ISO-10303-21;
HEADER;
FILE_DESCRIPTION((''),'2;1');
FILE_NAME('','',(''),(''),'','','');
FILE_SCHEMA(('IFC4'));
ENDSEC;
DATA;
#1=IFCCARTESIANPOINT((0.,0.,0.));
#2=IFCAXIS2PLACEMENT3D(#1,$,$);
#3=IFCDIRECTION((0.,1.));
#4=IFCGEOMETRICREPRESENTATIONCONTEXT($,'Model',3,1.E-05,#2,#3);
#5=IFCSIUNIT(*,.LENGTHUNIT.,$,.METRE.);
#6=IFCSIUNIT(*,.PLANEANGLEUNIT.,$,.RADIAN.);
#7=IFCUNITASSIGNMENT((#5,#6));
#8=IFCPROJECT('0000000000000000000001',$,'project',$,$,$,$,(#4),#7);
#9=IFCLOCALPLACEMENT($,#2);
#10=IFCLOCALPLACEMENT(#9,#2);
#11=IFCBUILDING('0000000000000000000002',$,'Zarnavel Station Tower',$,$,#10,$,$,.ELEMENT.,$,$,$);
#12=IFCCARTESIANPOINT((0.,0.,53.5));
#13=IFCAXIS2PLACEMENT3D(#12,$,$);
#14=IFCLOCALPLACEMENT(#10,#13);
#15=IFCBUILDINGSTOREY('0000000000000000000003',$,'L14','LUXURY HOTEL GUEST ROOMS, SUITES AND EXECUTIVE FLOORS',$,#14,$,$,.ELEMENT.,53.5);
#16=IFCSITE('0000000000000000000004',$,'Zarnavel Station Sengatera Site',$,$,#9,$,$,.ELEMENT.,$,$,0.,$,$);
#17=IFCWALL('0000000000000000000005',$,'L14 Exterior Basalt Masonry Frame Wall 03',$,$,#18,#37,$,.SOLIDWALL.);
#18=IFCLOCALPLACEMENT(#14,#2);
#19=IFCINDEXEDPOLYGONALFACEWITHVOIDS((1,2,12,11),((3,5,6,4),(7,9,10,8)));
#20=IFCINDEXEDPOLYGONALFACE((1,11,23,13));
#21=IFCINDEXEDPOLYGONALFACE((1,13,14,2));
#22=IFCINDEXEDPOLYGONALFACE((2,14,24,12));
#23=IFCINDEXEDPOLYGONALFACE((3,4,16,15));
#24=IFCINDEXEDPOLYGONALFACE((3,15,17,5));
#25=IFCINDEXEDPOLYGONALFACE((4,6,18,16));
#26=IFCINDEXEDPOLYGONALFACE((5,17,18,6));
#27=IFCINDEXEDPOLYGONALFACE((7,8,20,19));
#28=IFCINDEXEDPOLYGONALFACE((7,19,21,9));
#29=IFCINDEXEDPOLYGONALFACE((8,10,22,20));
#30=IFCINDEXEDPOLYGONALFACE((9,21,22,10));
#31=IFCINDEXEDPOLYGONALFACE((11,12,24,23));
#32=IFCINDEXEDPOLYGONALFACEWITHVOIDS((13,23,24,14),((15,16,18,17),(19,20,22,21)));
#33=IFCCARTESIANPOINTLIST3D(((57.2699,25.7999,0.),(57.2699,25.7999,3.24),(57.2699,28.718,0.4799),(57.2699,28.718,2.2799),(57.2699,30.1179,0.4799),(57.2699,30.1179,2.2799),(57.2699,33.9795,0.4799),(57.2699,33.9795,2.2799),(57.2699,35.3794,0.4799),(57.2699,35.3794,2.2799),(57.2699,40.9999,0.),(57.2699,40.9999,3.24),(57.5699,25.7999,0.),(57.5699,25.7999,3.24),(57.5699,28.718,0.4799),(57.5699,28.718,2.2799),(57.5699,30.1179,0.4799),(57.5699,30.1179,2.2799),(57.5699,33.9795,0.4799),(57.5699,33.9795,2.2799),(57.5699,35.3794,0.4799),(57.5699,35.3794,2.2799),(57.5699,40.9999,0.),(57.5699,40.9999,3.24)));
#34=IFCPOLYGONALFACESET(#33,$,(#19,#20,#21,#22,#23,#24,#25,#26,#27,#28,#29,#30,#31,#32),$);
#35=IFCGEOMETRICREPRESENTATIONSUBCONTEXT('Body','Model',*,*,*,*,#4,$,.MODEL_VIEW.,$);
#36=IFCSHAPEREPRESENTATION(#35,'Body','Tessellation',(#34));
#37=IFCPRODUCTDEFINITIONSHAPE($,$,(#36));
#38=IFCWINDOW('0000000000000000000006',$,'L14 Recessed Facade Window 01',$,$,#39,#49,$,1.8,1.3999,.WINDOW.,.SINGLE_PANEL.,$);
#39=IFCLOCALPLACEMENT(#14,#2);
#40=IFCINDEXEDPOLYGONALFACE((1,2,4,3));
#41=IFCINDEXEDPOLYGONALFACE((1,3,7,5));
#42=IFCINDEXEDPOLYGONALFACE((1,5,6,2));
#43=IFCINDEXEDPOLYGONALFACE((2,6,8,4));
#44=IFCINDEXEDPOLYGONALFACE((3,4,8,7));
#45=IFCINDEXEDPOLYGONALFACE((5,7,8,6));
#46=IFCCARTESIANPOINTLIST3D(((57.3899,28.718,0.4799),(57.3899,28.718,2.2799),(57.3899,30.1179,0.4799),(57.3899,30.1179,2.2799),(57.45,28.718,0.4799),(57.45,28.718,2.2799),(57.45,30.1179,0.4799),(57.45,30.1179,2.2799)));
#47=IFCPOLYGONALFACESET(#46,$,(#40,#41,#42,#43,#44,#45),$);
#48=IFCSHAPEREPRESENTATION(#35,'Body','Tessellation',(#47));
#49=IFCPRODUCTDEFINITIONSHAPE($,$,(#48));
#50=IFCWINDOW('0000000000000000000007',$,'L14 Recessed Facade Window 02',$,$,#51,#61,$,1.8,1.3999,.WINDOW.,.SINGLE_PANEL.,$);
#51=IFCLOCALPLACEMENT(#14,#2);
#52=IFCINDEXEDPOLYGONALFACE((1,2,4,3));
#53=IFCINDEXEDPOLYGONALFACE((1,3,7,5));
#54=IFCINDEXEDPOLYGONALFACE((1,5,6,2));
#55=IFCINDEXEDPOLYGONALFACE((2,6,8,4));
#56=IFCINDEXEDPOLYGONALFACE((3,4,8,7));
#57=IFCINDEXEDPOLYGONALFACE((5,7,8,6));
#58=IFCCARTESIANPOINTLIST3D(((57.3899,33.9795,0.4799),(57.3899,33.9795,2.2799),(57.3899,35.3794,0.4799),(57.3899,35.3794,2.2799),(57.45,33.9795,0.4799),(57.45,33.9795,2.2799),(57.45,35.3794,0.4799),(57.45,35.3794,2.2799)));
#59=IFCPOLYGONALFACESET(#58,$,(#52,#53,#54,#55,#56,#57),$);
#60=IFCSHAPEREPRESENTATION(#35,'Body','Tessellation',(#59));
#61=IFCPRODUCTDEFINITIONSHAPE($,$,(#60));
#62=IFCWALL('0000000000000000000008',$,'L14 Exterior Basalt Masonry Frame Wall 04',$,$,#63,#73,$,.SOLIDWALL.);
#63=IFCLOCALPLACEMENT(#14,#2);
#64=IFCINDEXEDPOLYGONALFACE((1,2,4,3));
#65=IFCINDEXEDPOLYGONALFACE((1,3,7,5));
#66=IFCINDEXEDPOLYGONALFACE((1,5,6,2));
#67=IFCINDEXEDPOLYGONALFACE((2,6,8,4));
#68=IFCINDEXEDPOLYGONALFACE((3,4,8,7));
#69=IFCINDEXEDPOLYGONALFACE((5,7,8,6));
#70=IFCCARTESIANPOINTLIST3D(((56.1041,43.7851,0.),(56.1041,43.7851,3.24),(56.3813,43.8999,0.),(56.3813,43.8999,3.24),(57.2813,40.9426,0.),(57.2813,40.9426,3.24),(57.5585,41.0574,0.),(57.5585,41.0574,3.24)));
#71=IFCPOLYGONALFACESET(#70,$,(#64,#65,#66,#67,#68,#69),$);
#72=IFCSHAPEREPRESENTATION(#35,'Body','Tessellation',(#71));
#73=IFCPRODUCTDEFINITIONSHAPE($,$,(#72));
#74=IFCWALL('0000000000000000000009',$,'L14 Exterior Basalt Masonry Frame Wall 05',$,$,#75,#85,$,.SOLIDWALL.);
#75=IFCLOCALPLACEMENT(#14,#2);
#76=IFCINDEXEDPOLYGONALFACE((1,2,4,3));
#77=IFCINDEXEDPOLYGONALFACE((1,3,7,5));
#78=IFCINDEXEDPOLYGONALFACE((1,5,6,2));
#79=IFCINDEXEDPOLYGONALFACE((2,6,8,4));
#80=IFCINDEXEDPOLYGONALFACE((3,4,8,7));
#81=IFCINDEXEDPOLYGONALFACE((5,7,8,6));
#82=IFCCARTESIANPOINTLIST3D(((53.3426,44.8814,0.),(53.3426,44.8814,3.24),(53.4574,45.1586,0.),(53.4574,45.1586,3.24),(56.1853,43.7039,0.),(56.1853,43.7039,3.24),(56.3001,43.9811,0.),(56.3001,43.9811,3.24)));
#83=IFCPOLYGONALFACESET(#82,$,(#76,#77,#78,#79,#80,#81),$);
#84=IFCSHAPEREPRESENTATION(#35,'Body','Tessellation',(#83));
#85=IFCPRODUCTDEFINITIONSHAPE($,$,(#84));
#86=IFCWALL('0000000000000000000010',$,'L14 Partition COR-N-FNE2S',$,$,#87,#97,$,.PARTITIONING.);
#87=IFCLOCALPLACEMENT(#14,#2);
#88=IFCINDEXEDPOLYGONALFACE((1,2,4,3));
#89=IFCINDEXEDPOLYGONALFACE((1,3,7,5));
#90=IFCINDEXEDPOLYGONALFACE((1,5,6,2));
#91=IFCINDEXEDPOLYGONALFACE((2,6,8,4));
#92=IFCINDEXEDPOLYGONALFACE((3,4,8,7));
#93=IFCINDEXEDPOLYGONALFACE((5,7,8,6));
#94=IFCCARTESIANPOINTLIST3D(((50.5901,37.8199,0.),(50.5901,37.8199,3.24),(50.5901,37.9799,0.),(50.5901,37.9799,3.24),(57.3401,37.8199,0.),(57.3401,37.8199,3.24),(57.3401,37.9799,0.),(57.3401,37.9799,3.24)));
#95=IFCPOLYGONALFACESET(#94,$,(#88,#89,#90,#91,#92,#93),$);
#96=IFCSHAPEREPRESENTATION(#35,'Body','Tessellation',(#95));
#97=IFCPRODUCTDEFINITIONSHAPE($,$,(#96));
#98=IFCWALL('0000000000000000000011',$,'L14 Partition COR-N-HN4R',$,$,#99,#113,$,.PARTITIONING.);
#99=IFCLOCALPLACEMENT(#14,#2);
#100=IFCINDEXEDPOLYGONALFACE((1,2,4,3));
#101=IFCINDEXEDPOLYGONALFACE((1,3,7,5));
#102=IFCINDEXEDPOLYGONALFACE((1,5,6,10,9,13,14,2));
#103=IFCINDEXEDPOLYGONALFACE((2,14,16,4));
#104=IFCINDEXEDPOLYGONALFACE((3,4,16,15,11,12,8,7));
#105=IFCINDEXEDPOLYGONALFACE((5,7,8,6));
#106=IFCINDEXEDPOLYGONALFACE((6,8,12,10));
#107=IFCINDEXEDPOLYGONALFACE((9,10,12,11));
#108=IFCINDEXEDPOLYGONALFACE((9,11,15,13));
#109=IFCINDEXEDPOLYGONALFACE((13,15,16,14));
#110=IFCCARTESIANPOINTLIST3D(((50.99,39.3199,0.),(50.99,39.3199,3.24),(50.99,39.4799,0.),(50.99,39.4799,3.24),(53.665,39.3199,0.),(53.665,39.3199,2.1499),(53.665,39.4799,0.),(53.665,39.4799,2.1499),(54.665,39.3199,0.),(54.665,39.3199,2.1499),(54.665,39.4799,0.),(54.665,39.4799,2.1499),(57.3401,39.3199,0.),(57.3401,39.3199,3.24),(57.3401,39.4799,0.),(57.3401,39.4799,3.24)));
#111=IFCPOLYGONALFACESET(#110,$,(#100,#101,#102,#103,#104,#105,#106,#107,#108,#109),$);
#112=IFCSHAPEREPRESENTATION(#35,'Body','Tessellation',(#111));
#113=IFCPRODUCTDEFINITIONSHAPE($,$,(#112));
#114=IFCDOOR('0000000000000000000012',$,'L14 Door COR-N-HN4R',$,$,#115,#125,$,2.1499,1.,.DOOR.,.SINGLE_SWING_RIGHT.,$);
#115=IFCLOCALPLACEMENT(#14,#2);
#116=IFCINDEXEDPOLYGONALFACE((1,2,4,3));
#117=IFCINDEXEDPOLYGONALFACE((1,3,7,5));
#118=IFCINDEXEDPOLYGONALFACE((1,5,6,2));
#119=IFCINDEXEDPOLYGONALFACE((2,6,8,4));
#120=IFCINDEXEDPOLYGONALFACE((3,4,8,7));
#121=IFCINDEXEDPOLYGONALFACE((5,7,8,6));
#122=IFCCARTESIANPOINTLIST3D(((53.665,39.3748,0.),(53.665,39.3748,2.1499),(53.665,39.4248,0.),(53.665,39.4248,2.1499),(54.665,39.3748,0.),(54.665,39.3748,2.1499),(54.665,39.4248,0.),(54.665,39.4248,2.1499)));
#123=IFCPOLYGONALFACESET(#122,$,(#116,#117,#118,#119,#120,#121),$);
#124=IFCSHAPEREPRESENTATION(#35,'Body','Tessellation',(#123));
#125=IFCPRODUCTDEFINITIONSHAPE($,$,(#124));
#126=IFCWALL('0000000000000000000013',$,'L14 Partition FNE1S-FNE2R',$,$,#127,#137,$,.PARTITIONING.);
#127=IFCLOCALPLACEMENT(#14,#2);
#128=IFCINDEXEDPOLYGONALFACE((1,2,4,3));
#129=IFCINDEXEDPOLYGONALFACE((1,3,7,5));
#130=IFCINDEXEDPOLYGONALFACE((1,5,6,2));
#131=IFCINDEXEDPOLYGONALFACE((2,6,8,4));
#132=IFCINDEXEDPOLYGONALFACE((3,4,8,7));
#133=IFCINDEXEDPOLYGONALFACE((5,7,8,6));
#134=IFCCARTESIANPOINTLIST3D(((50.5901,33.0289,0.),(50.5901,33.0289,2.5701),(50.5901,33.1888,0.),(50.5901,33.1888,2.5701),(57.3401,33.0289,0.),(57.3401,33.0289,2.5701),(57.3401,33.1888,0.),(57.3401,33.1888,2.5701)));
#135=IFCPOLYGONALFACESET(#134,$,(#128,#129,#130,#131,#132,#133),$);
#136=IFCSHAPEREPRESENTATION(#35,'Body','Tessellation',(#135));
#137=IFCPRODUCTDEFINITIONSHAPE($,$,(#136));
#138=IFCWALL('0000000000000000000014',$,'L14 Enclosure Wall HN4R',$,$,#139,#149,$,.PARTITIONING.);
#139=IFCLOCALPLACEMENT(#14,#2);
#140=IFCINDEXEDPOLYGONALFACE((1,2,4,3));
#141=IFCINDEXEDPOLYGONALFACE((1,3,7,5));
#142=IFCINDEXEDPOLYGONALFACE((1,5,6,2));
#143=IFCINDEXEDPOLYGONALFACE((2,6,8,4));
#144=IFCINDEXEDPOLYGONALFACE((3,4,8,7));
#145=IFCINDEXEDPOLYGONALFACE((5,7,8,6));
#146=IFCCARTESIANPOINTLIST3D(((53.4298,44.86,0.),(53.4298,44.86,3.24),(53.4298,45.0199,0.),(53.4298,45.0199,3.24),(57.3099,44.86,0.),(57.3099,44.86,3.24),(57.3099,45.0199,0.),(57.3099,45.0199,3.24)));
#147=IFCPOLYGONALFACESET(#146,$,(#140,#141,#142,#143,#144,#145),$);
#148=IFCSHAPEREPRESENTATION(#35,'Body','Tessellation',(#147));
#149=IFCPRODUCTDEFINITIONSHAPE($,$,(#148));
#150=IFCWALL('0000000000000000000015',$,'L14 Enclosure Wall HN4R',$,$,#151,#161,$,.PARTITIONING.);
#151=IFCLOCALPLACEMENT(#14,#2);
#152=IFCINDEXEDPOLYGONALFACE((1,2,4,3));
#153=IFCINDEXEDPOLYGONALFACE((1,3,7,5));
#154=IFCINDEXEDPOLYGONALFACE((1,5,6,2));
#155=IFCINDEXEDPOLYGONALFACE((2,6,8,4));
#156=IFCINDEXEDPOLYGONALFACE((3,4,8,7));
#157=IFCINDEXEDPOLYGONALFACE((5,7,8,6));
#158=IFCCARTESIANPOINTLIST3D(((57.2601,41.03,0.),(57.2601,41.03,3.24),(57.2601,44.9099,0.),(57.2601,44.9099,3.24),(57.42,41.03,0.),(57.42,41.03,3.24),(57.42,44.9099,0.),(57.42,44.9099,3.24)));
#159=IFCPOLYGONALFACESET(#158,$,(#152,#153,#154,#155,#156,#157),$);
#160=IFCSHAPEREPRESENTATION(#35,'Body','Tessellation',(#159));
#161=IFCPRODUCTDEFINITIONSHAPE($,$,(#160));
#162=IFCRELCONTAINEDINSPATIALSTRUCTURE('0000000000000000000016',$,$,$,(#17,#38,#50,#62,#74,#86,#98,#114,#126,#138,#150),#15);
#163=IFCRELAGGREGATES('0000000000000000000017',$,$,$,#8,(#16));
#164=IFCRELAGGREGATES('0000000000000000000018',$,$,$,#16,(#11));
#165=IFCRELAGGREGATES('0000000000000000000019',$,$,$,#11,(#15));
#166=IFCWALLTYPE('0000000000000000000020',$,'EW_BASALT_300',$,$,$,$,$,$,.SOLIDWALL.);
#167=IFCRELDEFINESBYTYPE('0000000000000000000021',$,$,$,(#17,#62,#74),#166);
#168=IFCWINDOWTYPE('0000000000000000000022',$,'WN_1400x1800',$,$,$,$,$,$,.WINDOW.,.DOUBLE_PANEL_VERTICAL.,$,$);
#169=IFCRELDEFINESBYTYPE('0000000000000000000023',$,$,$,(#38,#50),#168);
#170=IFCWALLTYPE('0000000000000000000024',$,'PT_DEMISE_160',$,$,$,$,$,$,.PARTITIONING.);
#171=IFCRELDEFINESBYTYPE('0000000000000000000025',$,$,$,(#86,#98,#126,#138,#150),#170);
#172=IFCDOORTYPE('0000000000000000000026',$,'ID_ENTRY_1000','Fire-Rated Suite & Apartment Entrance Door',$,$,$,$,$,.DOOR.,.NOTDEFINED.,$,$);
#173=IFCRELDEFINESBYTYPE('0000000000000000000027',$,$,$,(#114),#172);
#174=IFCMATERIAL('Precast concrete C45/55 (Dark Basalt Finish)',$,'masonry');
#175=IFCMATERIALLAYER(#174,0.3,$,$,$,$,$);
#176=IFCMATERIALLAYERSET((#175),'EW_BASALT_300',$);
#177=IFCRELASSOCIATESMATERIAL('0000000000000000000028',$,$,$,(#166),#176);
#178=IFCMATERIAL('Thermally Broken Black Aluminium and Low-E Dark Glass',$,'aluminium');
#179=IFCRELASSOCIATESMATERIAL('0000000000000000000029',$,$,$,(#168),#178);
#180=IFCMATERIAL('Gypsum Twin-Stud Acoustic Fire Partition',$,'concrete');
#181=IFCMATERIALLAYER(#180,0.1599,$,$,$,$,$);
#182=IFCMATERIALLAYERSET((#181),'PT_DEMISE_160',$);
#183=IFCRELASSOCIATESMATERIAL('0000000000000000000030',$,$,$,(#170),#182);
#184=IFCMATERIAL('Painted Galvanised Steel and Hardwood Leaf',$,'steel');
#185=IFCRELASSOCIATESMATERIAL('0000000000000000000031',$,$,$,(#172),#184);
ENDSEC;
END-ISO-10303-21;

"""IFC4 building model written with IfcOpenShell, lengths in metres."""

from ifc_helpers import new_model, si_unit, direction, frame, frame_2d, origin, place, context, subcontext, project, spatial, rectangle, extrude, material, layer, layer_set, type_object, element, fill, save


model = new_model("IFC4")

# Units and contexts
model_context = context("Model", 3, precision=1e-05, world=origin(), true_north=direction((0.0, 1.0)))
body_context = subcontext(model_context, "Body", "Model", "MODEL_VIEW")
ifc_project = project(units=[si_unit("LENGTHUNIT", "METRE"), si_unit("PLANEANGLEUNIT", "RADIAN")], contexts=[model_context])

# Site, building, storey
site_placement = place(None, origin())
site = spatial("IfcSite", under=ifc_project, at=site_placement, Name="Zarnavel Station Sengatera Site", CompositionType="ELEMENT", RefElevation=0.0)
building_placement = place(site_placement, origin())
building = spatial("IfcBuilding", under=site, at=building_placement, Name="Zarnavel Station Tower", CompositionType="ELEMENT")
storey_placement = place(building_placement, frame((0.0, 0.0, 53.5)))
storey = spatial("IfcBuildingStorey", under=building, at=storey_placement, Name="L14", Description="LUXURY HOTEL GUEST ROOMS, SUITES AND EXECUTIVE FLOORS", CompositionType="ELEMENT", Elevation=53.5)

# Wall, openings, windows
ifc_material_1 = material(Name="Precast concrete C45/55 (Dark Basalt Finish)", Category="masonry")
ifc_layer_1 = layer(ifc_material_1, 0.3)
ifc_layer_set_1 = layer_set([ifc_layer_1], Name="EW_BASALT_300")
wall_type_1 = type_object("IfcWallType", Name="EW_BASALT_300", PredefinedType="SOLIDWALL", material=ifc_layer_set_1)
wall_1_placement = place(storey_placement, frame((57.4199, 41.0, 0.0), z_axis=(0.0, 0.0, 1.0), x_axis=(0.0, -1.0, 0.0)))
wall_1 = element("IfcWall", 1, at=wall_1_placement, inside=storey, type_object=wall_type_1, Name="L14 Exterior Basalt Masonry Frame Wall 03", PredefinedType="SOLIDWALL", context=body_context, shape_type="SweptSolid", body=[
    extrude(rectangle(XDim=15.2, YDim=0.3, at=frame_2d((7.6001, 0.0))), origin(), (0.0, 0.0, 1.0), 3.24),
])
opening_1_placement = place(wall_1_placement, frame((10.8821, 0.0, 0.48)))
opening_1 = element("IfcOpeningElement", 2, at=opening_1_placement, cuts=wall_1, PredefinedType="OPENING", context=body_context, shape_type="SweptSolid", body=[
    extrude(rectangle(XDim=1.3999, YDim=1.8, at=frame_2d((0.7, 0.8999))), frame((0.0, 0.1599, 0.0), z_axis=(0.0, -1.0, 0.0), x_axis=(1.0, 0.0, 0.0)), (0.0, 0.0, 1.0), 0.3201),
])
opening_2_placement = place(wall_1_placement, frame((5.6206, 0.0, 0.48)))
opening_2 = element("IfcOpeningElement", 3, at=opening_2_placement, cuts=wall_1, PredefinedType="OPENING", context=body_context, shape_type="SweptSolid", body=[
    extrude(rectangle(XDim=1.3999, YDim=1.8, at=frame_2d((0.7, 0.8999))), frame((0.0, 0.1599, 0.0), z_axis=(0.0, -1.0, 0.0), x_axis=(1.0, 0.0, 0.0)), (0.0, 0.0, 1.0), 0.3201),
])
ifc_material_2 = material(Name="Thermally Broken Black Aluminium and Low-E Dark Glass", Category="aluminium")
window_type = type_object("IfcWindowType", Name="WN_1400x1800", PartitioningType="DOUBLE_PANEL_VERTICAL", PredefinedType="WINDOW", material=ifc_material_2)
window_1_placement = place(opening_1_placement, origin())
window_1 = element("IfcWindow", 4, at=window_1_placement, inside=storey, type_object=window_type, Name="L14 Recessed Facade Window 01", OverallHeight=1.8, OverallWidth=1.3999, PartitioningType="SINGLE_PANEL", PredefinedType="WINDOW", context=body_context, shape_type="SweptSolid", body=[
    extrude(rectangle(XDim=1.3999, YDim=1.8, at=frame_2d((0.7, 0.8999))), frame((0.0, 0.03, 0.0), z_axis=(0.0, -1.0, 0.0), x_axis=(1.0, 0.0, 0.0)), (0.0, 0.0, 1.0), 0.0601),
])
fill(opening_1, window_1)
window_2_placement = place(opening_2_placement, origin())
window_2 = element("IfcWindow", 5, at=window_2_placement, inside=storey, type_object=window_type, Name="L14 Recessed Facade Window 02", OverallHeight=1.8, OverallWidth=1.3999, PartitioningType="SINGLE_PANEL", PredefinedType="WINDOW", context=body_context, shape_type="SweptSolid", body=[
    extrude(rectangle(XDim=1.3999, YDim=1.8, at=frame_2d((0.7, 0.8999))), frame((0.0, 0.03, 0.0), z_axis=(0.0, -1.0, 0.0), x_axis=(1.0, 0.0, 0.0)), (0.0, 0.0, 1.0), 0.0601),
])
fill(opening_2, window_2)

# Walls
wall_2_placement = place(storey_placement, frame((56.2427, 43.8425, 0.0), z_axis=(0.0, 0.0, 1.0), x_axis=(0.382637, -0.923899, 0.0)))
element("IfcWall", 6, at=wall_2_placement, inside=storey, type_object=wall_type_1, Name="L14 Exterior Basalt Masonry Frame Wall 04", PredefinedType="SOLIDWALL", context=body_context, shape_type="SweptSolid", body=[
    extrude(rectangle(XDim=3.0767, YDim=0.3, at=frame_2d((1.5383, 0.0))), origin(), (0.0, 0.0, 1.0), 3.24),
])
wall_3_placement = place(storey_placement, frame((53.3999, 45.02, 0.0), z_axis=(0.0, 0.0, 1.0), x_axis=(0.923882, -0.382676, 0.0)))
element("IfcWall", 7, at=wall_3_placement, inside=storey, type_object=wall_type_1, Name="L14 Exterior Basalt Masonry Frame Wall 05", PredefinedType="SOLIDWALL", context=body_context, shape_type="SweptSolid", body=[
    extrude(rectangle(XDim=3.0769, YDim=0.3, at=frame_2d((1.5386, 0.0))), origin(), (0.0, 0.0, 1.0), 3.24),
])
ifc_material_3 = material(Name="Gypsum Twin-Stud Acoustic Fire Partition", Category="concrete")
ifc_layer_2 = layer(ifc_material_3, 0.1599)
ifc_layer_set_2 = layer_set([ifc_layer_2], Name="PT_DEMISE_160")
wall_type_2 = type_object("IfcWallType", Name="PT_DEMISE_160", PredefinedType="PARTITIONING", material=ifc_layer_set_2)
wall_4_placement = place(storey_placement, frame((50.5901, 37.8999, 0.0), z_axis=(0.0, 0.0, 1.0), x_axis=(1.0, 0.0, 0.0)))
element("IfcWall", 8, at=wall_4_placement, inside=storey, type_object=wall_type_2, Name="L14 Partition COR-N-FNE2S", PredefinedType="PARTITIONING", context=body_context, shape_type="SweptSolid", body=[
    extrude(rectangle(XDim=6.75, YDim=0.1599, at=frame_2d((3.375, 0.0))), origin(), (0.0, 0.0, 1.0), 3.24),
])

# Wall, opening, door
wall_5_placement = place(storey_placement, frame((50.99, 39.3999, 0.0), z_axis=(0.0, 0.0, 1.0), x_axis=(1.0, 0.0, 0.0)))
wall_5 = element("IfcWall", 9, at=wall_5_placement, inside=storey, type_object=wall_type_2, Name="L14 Partition COR-N-HN4R", PredefinedType="PARTITIONING", context=body_context, shape_type="SweptSolid", body=[
    extrude(rectangle(XDim=6.3501, YDim=0.1599, at=frame_2d((3.175, 0.0))), origin(), (0.0, 0.0, 1.0), 3.24),
])
opening_3_placement = place(wall_5_placement, frame((2.675, 0.0, 0.0)))
opening_3 = element("IfcOpeningElement", 10, at=opening_3_placement, cuts=wall_5, PredefinedType="OPENING", context=body_context, shape_type="SweptSolid", body=[
    extrude(rectangle(XDim=1.0, YDim=2.1499, at=frame_2d((0.5, 1.075))), frame((0.0, 0.0898, 0.0), z_axis=(0.0, -1.0, 0.0), x_axis=(1.0, 0.0, 0.0)), (0.0, 0.0, 1.0), 0.1799),
])
ifc_material_4 = material(Name="Painted Galvanised Steel and Hardwood Leaf", Category="steel")
door_type_1 = type_object("IfcDoorType", Name="ID_ENTRY_1000", Description="Fire-Rated Suite & Apartment Entrance Door", OperationType="NOTDEFINED", PredefinedType="DOOR", material=ifc_material_4)
door_1_placement = place(opening_3_placement, origin())
door_1 = element("IfcDoor", 11, at=door_1_placement, inside=storey, type_object=door_type_1, Name="L14 Door COR-N-HN4R", OperationType="SINGLE_SWING_RIGHT", OverallHeight=2.1499, OverallWidth=1.0, PredefinedType="DOOR", context=body_context, shape_type="SweptSolid", body=[
    extrude(rectangle(XDim=1.0, YDim=2.1499, at=frame_2d((0.5, 1.075))), frame((0.0, 0.0249, 0.0), z_axis=(0.0, -1.0, 0.0), x_axis=(1.0, 0.0, 0.0)), (0.0, 0.0, 1.0), 0.05),
])
fill(opening_3, door_1)

# Walls
wall_6_placement = place(storey_placement, frame((50.5901, 33.1089, 0.0), z_axis=(0.0, 0.0, 1.0), x_axis=(1.0, 0.0, 0.0)))
element("IfcWall", 12, at=wall_6_placement, inside=storey, type_object=wall_type_2, Name="L14 Partition FNE1S-FNE2R", PredefinedType="PARTITIONING", context=body_context, shape_type="SweptSolid", body=[
    extrude(rectangle(XDim=6.75, YDim=0.1599, at=frame_2d((3.375, 0.0))), origin(), (0.0, 0.0, 1.0), 2.5701),
])
wall_7_placement = place(storey_placement, frame((53.4299, 44.9399, 0.0), z_axis=(0.0, 0.0, 1.0), x_axis=(1.0, 0.0, 0.0)))
element("IfcWall", 13, at=wall_7_placement, inside=storey, type_object=wall_type_2, Name="L14 Enclosure Wall HN4R", PredefinedType="PARTITIONING", context=body_context, shape_type="SweptSolid", body=[
    extrude(rectangle(XDim=3.8801, YDim=0.1599, at=frame_2d((1.9399, 0.0))), origin(), (0.0, 0.0, 1.0), 3.24),
])
wall_8_placement = place(storey_placement, frame((57.3401, 41.03, 0.0), z_axis=(0.0, 0.0, 1.0), x_axis=(0.0, 1.0, 0.0)))
element("IfcWall", 14, at=wall_8_placement, inside=storey, type_object=wall_type_2, Name="L14 Enclosure Wall HN4R", PredefinedType="PARTITIONING", context=body_context, shape_type="SweptSolid", body=[
    extrude(rectangle(XDim=3.8799, YDim=0.1599, at=frame_2d((1.9399, 0.0))), origin(), (0.0, 0.0, 1.0), 3.24),
])

save(model, "model.ifc")
